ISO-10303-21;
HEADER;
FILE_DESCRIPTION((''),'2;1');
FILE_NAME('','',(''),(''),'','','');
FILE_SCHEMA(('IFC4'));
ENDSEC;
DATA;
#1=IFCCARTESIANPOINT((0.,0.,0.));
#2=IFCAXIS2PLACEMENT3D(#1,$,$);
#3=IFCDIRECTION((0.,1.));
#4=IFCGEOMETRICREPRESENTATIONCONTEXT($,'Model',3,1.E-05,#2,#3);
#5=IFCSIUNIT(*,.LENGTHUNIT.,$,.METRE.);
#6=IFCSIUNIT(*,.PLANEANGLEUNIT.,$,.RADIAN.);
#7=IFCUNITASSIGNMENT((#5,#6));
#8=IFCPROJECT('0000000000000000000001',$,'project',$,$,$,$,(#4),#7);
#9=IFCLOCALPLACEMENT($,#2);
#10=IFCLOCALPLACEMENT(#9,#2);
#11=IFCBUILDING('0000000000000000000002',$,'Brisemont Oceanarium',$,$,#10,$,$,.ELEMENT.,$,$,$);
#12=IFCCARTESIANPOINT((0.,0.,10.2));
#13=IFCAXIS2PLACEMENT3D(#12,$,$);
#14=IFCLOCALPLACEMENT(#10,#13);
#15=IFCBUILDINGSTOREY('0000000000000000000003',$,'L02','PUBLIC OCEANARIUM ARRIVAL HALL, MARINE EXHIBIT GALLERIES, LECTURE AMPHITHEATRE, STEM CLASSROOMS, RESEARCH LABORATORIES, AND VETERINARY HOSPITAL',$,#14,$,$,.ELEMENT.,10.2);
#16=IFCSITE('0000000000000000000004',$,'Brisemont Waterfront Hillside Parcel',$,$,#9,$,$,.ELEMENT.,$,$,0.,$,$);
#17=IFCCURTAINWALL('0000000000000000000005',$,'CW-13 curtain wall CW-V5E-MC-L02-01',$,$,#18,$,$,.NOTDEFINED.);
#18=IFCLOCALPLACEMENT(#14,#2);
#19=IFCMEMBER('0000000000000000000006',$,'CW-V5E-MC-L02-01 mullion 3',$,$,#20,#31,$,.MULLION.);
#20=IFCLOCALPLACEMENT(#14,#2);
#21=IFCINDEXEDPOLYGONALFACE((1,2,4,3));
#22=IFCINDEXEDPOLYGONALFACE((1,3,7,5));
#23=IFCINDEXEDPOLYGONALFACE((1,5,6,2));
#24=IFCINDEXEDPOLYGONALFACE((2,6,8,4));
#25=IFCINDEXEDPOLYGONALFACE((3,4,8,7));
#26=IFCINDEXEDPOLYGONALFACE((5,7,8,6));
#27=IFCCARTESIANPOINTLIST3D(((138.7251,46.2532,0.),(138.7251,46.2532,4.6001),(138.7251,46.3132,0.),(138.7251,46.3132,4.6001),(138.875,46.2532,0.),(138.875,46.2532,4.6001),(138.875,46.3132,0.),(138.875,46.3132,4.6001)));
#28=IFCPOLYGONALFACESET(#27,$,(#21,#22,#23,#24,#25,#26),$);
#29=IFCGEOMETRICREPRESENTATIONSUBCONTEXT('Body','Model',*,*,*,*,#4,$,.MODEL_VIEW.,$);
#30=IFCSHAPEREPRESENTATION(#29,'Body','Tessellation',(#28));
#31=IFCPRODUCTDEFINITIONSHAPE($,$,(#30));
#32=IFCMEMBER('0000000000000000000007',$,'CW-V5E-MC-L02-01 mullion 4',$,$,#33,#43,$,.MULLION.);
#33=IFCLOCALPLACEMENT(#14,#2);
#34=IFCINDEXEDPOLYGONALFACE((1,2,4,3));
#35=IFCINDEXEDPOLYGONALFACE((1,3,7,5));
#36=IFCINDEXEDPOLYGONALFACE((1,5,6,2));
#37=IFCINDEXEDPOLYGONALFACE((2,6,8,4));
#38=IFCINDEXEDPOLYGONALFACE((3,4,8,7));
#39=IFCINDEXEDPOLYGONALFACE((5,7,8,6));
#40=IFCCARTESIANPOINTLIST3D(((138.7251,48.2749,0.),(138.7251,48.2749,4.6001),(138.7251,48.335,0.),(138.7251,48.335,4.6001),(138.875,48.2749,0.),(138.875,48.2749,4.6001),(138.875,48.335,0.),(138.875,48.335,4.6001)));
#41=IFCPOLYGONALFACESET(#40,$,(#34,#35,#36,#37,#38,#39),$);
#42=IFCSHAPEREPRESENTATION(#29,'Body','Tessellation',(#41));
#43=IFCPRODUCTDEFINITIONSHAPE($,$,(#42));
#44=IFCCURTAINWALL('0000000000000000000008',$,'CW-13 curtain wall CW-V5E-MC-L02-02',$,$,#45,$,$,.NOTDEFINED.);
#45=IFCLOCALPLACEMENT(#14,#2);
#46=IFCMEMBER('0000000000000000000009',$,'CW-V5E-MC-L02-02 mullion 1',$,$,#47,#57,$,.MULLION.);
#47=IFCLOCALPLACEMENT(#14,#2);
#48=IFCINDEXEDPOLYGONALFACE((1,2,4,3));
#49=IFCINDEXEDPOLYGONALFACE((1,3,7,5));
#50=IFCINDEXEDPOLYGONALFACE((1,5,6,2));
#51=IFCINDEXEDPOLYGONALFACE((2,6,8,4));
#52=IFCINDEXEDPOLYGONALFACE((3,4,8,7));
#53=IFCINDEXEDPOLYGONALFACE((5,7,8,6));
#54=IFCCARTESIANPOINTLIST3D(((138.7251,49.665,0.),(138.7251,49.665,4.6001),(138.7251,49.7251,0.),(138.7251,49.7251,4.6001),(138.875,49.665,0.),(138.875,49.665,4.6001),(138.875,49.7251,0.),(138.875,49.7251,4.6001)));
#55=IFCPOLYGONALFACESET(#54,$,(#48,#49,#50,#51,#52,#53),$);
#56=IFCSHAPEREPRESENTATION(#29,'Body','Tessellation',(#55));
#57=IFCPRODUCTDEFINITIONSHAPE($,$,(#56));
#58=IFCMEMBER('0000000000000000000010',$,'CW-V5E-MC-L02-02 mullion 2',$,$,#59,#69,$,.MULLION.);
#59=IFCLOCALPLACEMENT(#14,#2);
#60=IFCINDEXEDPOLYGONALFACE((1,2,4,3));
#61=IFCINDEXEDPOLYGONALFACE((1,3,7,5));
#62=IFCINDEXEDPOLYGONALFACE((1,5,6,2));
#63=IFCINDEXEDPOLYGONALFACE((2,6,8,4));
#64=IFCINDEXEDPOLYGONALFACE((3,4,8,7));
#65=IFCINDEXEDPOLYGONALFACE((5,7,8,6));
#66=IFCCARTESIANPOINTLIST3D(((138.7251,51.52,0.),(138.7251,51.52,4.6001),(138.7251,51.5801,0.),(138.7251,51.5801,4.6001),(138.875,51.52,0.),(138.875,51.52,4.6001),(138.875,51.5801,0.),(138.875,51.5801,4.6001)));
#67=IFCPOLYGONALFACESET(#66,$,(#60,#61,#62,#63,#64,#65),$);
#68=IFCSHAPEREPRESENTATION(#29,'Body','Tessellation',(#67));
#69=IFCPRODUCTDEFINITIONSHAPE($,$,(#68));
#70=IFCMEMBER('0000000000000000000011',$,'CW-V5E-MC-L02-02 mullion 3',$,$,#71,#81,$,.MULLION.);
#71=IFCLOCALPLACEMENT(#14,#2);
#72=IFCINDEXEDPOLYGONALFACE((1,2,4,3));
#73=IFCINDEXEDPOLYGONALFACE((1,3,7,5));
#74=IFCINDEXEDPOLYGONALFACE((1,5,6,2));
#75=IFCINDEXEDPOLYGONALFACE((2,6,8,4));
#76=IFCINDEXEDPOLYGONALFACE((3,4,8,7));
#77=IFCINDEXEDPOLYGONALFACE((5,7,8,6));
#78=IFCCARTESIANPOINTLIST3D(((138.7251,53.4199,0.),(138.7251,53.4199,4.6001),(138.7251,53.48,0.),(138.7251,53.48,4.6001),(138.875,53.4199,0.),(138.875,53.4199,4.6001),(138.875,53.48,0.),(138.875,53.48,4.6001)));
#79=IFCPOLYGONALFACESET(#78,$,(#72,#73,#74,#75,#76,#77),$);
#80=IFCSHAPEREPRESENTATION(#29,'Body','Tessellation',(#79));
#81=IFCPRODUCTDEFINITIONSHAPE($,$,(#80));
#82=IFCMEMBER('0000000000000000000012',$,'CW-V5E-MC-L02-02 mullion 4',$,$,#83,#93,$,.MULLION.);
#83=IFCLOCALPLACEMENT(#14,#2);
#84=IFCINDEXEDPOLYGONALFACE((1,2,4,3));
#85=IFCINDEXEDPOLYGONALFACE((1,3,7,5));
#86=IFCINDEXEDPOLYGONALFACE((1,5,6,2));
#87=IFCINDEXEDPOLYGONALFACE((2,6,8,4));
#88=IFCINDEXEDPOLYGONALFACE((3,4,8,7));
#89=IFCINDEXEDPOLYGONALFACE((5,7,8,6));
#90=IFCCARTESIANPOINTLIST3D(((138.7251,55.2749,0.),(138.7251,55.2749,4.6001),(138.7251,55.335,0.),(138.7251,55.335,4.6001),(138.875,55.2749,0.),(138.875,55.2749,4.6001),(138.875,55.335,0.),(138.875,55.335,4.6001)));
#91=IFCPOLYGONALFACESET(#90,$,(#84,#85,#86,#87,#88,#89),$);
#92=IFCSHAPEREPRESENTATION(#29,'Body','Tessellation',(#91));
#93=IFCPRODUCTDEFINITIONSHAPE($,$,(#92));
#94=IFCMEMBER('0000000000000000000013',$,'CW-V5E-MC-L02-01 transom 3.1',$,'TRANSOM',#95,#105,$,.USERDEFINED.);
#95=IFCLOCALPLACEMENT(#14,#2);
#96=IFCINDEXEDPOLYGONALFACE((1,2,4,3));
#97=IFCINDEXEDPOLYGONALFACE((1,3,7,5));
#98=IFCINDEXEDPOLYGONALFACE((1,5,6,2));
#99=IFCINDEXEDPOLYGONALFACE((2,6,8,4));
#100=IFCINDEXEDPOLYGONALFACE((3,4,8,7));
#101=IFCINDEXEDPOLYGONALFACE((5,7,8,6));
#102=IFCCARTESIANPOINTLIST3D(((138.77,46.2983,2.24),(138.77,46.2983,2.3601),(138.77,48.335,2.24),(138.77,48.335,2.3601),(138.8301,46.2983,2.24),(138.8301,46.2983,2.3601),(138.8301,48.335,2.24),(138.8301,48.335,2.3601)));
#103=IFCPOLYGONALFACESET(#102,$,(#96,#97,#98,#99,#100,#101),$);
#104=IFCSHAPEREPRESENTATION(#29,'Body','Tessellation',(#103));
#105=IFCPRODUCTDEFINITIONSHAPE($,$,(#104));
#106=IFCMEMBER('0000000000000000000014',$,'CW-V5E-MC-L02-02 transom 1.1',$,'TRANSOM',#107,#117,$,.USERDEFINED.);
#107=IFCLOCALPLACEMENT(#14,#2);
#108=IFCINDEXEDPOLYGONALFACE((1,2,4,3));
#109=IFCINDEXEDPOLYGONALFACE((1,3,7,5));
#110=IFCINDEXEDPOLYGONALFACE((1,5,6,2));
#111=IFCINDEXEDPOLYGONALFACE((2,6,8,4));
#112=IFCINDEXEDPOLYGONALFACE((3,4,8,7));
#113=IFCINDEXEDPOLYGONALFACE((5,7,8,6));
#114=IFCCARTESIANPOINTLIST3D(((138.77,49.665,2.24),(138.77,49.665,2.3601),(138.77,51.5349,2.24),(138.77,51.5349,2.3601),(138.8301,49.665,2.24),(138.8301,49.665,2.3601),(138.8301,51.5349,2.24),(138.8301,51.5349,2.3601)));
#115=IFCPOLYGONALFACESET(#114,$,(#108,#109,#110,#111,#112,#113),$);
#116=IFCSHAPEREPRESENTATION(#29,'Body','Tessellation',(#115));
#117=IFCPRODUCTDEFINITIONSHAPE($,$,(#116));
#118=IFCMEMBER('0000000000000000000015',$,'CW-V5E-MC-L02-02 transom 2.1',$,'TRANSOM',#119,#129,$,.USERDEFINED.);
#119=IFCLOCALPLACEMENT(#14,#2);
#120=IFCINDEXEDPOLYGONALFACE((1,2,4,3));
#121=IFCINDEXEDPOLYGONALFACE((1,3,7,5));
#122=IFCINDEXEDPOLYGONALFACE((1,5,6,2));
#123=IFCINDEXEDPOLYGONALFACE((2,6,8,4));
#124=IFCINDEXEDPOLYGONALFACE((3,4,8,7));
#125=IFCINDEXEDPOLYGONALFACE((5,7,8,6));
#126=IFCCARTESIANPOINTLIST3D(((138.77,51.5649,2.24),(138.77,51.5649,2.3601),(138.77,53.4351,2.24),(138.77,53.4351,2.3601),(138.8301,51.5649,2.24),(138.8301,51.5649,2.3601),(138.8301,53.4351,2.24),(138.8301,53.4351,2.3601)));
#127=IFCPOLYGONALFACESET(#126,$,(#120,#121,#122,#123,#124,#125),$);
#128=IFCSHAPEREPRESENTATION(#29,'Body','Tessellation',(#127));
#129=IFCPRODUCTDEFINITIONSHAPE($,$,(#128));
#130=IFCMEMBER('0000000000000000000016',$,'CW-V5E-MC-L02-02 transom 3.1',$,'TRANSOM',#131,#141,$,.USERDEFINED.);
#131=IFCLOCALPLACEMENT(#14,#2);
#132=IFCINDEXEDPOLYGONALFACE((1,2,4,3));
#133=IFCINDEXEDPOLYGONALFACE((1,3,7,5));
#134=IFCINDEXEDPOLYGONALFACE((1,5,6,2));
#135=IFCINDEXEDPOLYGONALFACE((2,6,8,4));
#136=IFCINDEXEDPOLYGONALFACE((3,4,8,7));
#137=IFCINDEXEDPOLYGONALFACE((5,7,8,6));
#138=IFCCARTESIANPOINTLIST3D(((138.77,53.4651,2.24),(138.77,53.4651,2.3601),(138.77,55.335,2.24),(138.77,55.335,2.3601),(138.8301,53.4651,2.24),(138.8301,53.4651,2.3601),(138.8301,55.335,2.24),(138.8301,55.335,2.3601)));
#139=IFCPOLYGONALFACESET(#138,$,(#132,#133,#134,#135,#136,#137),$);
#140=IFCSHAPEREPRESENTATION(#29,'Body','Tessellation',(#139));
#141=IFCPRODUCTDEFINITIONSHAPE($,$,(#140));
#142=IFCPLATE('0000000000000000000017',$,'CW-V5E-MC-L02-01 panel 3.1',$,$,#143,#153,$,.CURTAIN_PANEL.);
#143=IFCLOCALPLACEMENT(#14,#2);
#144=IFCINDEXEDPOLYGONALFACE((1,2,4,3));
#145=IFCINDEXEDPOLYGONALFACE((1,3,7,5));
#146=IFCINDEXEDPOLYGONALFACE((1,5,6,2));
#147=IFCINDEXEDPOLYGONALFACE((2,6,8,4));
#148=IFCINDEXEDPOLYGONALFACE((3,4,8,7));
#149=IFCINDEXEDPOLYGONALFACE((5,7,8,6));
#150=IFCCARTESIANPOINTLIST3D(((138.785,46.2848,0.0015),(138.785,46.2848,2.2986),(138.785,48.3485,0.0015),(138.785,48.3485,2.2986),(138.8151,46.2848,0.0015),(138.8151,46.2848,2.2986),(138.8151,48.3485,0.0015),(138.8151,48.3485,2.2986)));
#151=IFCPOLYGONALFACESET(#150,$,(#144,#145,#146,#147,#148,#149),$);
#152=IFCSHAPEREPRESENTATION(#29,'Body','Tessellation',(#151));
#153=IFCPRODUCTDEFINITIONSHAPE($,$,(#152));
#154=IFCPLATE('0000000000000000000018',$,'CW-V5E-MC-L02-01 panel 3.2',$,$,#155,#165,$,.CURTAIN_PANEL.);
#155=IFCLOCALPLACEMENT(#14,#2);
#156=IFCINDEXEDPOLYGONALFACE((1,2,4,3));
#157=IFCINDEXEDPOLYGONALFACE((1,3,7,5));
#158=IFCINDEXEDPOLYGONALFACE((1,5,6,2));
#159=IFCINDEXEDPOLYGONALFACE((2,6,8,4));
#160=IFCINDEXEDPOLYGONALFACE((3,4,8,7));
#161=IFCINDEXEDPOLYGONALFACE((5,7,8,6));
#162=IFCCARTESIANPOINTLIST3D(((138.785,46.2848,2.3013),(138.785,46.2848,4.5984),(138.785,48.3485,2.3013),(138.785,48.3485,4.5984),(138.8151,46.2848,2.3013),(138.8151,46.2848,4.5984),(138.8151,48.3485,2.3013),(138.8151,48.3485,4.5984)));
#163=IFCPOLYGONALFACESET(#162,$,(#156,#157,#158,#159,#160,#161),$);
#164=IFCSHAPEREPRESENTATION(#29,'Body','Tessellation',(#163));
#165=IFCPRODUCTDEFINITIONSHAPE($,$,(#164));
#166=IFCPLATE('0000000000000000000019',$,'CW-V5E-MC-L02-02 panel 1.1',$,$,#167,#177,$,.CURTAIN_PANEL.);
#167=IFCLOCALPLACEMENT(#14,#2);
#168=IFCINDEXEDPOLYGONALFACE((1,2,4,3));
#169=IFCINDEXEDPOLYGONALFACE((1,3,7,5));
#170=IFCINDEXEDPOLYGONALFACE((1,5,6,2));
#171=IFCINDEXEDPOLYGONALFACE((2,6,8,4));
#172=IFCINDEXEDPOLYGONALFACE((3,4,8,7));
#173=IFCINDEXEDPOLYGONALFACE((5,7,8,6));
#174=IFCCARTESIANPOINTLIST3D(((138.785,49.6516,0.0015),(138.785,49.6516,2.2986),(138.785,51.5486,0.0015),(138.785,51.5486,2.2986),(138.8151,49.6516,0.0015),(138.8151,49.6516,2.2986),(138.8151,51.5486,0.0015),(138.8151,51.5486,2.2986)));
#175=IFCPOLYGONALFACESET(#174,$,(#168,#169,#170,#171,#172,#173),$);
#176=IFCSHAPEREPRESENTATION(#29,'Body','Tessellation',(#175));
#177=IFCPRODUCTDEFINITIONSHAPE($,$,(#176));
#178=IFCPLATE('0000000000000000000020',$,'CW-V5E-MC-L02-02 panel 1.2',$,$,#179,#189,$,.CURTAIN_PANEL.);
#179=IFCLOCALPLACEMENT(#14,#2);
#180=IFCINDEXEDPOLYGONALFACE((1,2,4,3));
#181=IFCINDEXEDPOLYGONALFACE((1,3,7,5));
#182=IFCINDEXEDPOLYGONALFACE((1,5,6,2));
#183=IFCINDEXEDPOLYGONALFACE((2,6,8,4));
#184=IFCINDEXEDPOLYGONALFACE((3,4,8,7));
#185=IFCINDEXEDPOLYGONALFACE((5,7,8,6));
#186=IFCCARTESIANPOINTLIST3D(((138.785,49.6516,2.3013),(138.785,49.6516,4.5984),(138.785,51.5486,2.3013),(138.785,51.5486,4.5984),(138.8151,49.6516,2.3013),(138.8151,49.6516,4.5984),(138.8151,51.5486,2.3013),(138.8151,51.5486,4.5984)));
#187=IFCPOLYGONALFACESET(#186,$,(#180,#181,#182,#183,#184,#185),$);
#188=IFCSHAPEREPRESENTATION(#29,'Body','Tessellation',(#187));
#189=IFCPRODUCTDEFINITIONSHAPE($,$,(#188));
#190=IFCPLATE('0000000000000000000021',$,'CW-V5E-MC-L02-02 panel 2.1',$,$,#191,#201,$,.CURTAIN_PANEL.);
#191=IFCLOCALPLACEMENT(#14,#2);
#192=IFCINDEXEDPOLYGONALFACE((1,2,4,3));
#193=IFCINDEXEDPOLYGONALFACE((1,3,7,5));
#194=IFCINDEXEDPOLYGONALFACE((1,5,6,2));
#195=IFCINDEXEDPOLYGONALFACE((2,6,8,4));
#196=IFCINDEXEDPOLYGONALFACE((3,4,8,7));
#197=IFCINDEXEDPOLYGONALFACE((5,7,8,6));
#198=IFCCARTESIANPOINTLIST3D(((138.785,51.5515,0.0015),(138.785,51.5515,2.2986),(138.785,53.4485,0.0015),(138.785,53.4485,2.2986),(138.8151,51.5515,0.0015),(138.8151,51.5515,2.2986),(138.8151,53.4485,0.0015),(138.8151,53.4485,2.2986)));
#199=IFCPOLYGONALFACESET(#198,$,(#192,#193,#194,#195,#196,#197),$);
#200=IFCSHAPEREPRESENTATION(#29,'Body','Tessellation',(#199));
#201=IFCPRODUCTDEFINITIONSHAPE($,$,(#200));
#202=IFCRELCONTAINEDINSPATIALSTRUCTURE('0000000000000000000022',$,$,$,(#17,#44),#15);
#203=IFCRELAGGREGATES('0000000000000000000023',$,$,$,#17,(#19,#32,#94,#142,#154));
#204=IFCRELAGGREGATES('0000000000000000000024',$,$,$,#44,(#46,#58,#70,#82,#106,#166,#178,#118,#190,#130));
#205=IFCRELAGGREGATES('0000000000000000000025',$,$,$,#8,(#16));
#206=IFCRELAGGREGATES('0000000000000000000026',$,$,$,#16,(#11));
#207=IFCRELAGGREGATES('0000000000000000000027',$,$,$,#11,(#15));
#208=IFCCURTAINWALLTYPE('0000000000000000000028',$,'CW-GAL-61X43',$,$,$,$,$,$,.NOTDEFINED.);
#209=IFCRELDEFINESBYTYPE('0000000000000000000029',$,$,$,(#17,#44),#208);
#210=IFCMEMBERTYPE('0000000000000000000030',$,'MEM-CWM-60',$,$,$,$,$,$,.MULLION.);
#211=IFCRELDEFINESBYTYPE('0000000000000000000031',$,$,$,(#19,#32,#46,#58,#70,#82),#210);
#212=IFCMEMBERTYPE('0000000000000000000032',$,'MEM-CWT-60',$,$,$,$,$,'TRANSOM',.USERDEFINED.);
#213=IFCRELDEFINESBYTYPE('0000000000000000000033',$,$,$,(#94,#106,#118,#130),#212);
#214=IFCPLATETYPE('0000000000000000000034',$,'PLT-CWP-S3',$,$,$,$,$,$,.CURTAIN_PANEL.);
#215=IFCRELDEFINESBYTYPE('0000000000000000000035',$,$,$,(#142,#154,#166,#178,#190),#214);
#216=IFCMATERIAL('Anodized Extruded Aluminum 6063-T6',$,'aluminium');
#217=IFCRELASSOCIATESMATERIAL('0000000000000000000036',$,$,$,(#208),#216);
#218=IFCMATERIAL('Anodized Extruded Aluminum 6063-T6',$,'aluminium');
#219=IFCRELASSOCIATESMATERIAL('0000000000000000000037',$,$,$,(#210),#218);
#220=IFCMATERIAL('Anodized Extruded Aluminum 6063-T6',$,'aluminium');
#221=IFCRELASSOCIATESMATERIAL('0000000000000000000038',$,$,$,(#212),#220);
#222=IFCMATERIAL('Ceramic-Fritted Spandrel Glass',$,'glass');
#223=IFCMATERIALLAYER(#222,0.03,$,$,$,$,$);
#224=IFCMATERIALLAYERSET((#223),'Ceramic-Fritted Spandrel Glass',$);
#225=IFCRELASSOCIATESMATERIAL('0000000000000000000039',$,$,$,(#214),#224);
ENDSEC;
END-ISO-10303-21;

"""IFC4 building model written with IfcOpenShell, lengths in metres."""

from ifc_helpers import new_model, si_unit, direction, frame, origin, origin_2d, place, context, subcontext, project, spatial, rectangle, extrude, material, layer, layer_set, material_profile, profile_set, type_object, element, aggregate, save


model = new_model("IFC4")

# Units and contexts
model_context = context("Model", 3, precision=1e-05, world=origin(), true_north=direction((0.0, 1.0)))
body_context = subcontext(model_context, "Body", "Model", "MODEL_VIEW")
ifc_project = project(units=[si_unit("LENGTHUNIT", "METRE"), si_unit("PLANEANGLEUNIT", "RADIAN")], contexts=[model_context])

# Site, building, storey
site_placement = place(None, origin())
site = spatial("IfcSite", under=ifc_project, at=site_placement, Name="Brisemont Waterfront Hillside Parcel", CompositionType="ELEMENT", RefElevation=0.0)
building_placement = place(site_placement, origin())
building = spatial("IfcBuilding", under=site, at=building_placement, Name="Brisemont Oceanarium", CompositionType="ELEMENT")
storey_placement = place(building_placement, frame((0.0, 0.0, 10.2)))
storey = spatial("IfcBuildingStorey", under=building, at=storey_placement, Name="L02", Description="PUBLIC OCEANARIUM ARRIVAL HALL, MARINE EXHIBIT GALLERIES, LECTURE AMPHITHEATRE, STEM CLASSROOMS, RESEARCH LABORATORIES, AND VETERINARY HOSPITAL", CompositionType="ELEMENT", Elevation=10.2)

# Curtain walls, members
ifc_material_1 = material(Name="Anodized Extruded Aluminum 6063-T6", Category="aluminium")
curtain_wall_type = type_object("IfcCurtainWallType", Name="CW-GAL-61X43", PredefinedType="NOTDEFINED", material=ifc_material_1)
curtain_wall_1_placement = place(storey_placement, origin())
curtain_wall_1 = element("IfcCurtainWall", 1, at=curtain_wall_1_placement, inside=storey, type_object=curtain_wall_type, Name="CW-13 curtain wall CW-V5E-MC-L02-01", PredefinedType="NOTDEFINED")
ifc_material_2 = material(Name="Anodized Extruded Aluminum 6063-T6", Category="aluminium")
ifc_material_profile_1 = material_profile(ifc_material_2, rectangle(XDim=0.0601, YDim=0.1499, at=origin_2d()), Name="CWM-60X150")
ifc_profile_set_1 = profile_set([ifc_material_profile_1], Name="Anodized Extruded Aluminum 6063-T6")
member_type_1 = type_object("IfcMemberType", Name="MEM-CWM-60", PredefinedType="MULLION", material=ifc_profile_set_1)
member_1_placement = place(storey_placement, frame((138.8, 46.2832, 0.0), z_axis=(0.0, 0.0, 1.0), x_axis=(0.0, 1.0, 0.0)))
member_1 = element("IfcMember", 2, at=member_1_placement, type_object=member_type_1, Name="CW-V5E-MC-L02-01 mullion 3", PredefinedType="MULLION", context=body_context, shape_type="SweptSolid", body=[
    extrude(rectangle(XDim=0.0601, YDim=0.1499, at=origin_2d()), origin(), (0.0, 0.0, 1.0), 4.6001),
])
member_2_placement = place(storey_placement, frame((138.8, 48.3049, 0.0), z_axis=(0.0, 0.0, 1.0), x_axis=(0.0, 1.0, 0.0)))
member_2 = element("IfcMember", 3, at=member_2_placement, type_object=member_type_1, Name="CW-V5E-MC-L02-01 mullion 4", PredefinedType="MULLION", context=body_context, shape_type="SweptSolid", body=[
    extrude(rectangle(XDim=0.0601, YDim=0.1499, at=origin_2d()), origin(), (0.0, 0.0, 1.0), 4.6001),
])
curtain_wall_2_placement = place(storey_placement, origin())
curtain_wall_2 = element("IfcCurtainWall", 4, at=curtain_wall_2_placement, inside=storey, type_object=curtain_wall_type, Name="CW-13 curtain wall CW-V5E-MC-L02-02", PredefinedType="NOTDEFINED")
member_3_placement = place(storey_placement, frame((138.8, 49.6951, 0.0), z_axis=(0.0, 0.0, 1.0), x_axis=(0.0, 1.0, 0.0)))
member_3 = element("IfcMember", 5, at=member_3_placement, type_object=member_type_1, Name="CW-V5E-MC-L02-02 mullion 1", PredefinedType="MULLION", context=body_context, shape_type="SweptSolid", body=[
    extrude(rectangle(XDim=0.0601, YDim=0.1499, at=origin_2d()), origin(), (0.0, 0.0, 1.0), 4.6001),
])
member_4_placement = place(storey_placement, frame((138.8, 51.55, 0.0), z_axis=(0.0, 0.0, 1.0), x_axis=(0.0, 1.0, 0.0)))
member_4 = element("IfcMember", 6, at=member_4_placement, type_object=member_type_1, Name="CW-V5E-MC-L02-02 mullion 2", PredefinedType="MULLION", context=body_context, shape_type="SweptSolid", body=[
    extrude(rectangle(XDim=0.0601, YDim=0.1499, at=origin_2d()), origin(), (0.0, 0.0, 1.0), 4.6001),
])
member_5_placement = place(storey_placement, frame((138.8, 53.45, 0.0), z_axis=(0.0, 0.0, 1.0), x_axis=(0.0, 1.0, 0.0)))
member_5 = element("IfcMember", 7, at=member_5_placement, type_object=member_type_1, Name="CW-V5E-MC-L02-02 mullion 3", PredefinedType="MULLION", context=body_context, shape_type="SweptSolid", body=[
    extrude(rectangle(XDim=0.0601, YDim=0.1499, at=origin_2d()), origin(), (0.0, 0.0, 1.0), 4.6001),
])
member_6_placement = place(storey_placement, frame((138.8, 55.3049, 0.0), z_axis=(0.0, 0.0, 1.0), x_axis=(0.0, 1.0, 0.0)))
member_6 = element("IfcMember", 8, at=member_6_placement, type_object=member_type_1, Name="CW-V5E-MC-L02-02 mullion 4", PredefinedType="MULLION", context=body_context, shape_type="SweptSolid", body=[
    extrude(rectangle(XDim=0.0601, YDim=0.1499, at=origin_2d()), origin(), (0.0, 0.0, 1.0), 4.6001),
])

# Members
ifc_material_3 = material(Name="Anodized Extruded Aluminum 6063-T6", Category="aluminium")
ifc_material_profile_2 = material_profile(ifc_material_3, rectangle(XDim=0.0601, YDim=0.1201, at=origin_2d()), Name="CWT-60X120")
ifc_profile_set_2 = profile_set([ifc_material_profile_2], Name="Anodized Extruded Aluminum 6063-T6")
member_type_2 = type_object("IfcMemberType", Name="MEM-CWT-60", ElementType="TRANSOM", PredefinedType="USERDEFINED", material=ifc_profile_set_2)
member_7_placement = place(storey_placement, frame((138.8, 46.2983, 2.3), z_axis=(0.0, 1.0, 0.0), x_axis=(-1.0, 0.0, 0.0)))
member_7 = element("IfcMember", 9, at=member_7_placement, type_object=member_type_2, Name="CW-V5E-MC-L02-01 transom 3.1", ObjectType="TRANSOM", PredefinedType="USERDEFINED", context=body_context, shape_type="SweptSolid", body=[
    extrude(rectangle(XDim=0.0601, YDim=0.1201, at=origin_2d()), origin(), (0.0, 0.0, 1.0), 2.0366),
])
member_8_placement = place(storey_placement, frame((138.8, 49.665, 2.3), z_axis=(0.0, 1.0, 0.0), x_axis=(-1.0, 0.0, 0.0)))
member_8 = element("IfcMember", 10, at=member_8_placement, type_object=member_type_2, Name="CW-V5E-MC-L02-02 transom 1.1", ObjectType="TRANSOM", PredefinedType="USERDEFINED", context=body_context, shape_type="SweptSolid", body=[
    extrude(rectangle(XDim=0.0601, YDim=0.1201, at=origin_2d()), origin(), (0.0, 0.0, 1.0), 1.8699),
])
member_9_placement = place(storey_placement, frame((138.8, 51.5649, 2.3), z_axis=(0.0, 1.0, 0.0), x_axis=(-1.0, 0.0, 0.0)))
member_9 = element("IfcMember", 11, at=member_9_placement, type_object=member_type_2, Name="CW-V5E-MC-L02-02 transom 2.1", ObjectType="TRANSOM", PredefinedType="USERDEFINED", context=body_context, shape_type="SweptSolid", body=[
    extrude(rectangle(XDim=0.0601, YDim=0.1201, at=origin_2d()), origin(), (0.0, 0.0, 1.0), 1.8701),
])
member_10_placement = place(storey_placement, frame((138.8, 53.4651, 2.3), z_axis=(0.0, 1.0, 0.0), x_axis=(-1.0, 0.0, 0.0)))
member_10 = element("IfcMember", 12, at=member_10_placement, type_object=member_type_2, Name="CW-V5E-MC-L02-02 transom 3.1", ObjectType="TRANSOM", PredefinedType="USERDEFINED", context=body_context, shape_type="SweptSolid", body=[
    extrude(rectangle(XDim=0.0601, YDim=0.1201, at=origin_2d()), origin(), (0.0, 0.0, 1.0), 1.8699),
])

# Plates
ifc_material_4 = material(Name="Ceramic-Fritted Spandrel Glass", Category="glass")
ifc_layer_1 = layer(ifc_material_4, 0.03)
ifc_layer_set_1 = layer_set([ifc_layer_1], Name="Ceramic-Fritted Spandrel Glass")
plate_type = type_object("IfcPlateType", Name="PLT-CWP-S3", PredefinedType="CURTAIN_PANEL", material=ifc_layer_set_1)
plate_1_placement = place(storey_placement, frame((138.8, 47.3167, 0.0015), z_axis=(0.0, 0.0, 1.0), x_axis=(0.0, 1.0, 0.0)))
plate_1 = element("IfcPlate", 13, at=plate_1_placement, type_object=plate_type, Name="CW-V5E-MC-L02-01 panel 3.1", PredefinedType="CURTAIN_PANEL", context=body_context, shape_type="SweptSolid", body=[
    extrude(rectangle(XDim=2.0637, YDim=0.03, at=origin_2d()), origin(), (0.0, 0.0, 1.0), 2.2971),
])
plate_2_placement = place(storey_placement, frame((138.8, 47.3167, 2.3013), z_axis=(0.0, 0.0, 1.0), x_axis=(0.0, 1.0, 0.0)))
plate_2 = element("IfcPlate", 14, at=plate_2_placement, type_object=plate_type, Name="CW-V5E-MC-L02-01 panel 3.2", PredefinedType="CURTAIN_PANEL", context=body_context, shape_type="SweptSolid", body=[
    extrude(rectangle(XDim=2.0637, YDim=0.03, at=origin_2d()), origin(), (0.0, 0.0, 1.0), 2.2971),
])
aggregate(curtain_wall_1, [member_1, member_2, member_7, plate_1, plate_2])
plate_3_placement = place(storey_placement, frame((138.8, 50.6001, 0.0015), z_axis=(0.0, 0.0, 1.0), x_axis=(0.0, 1.0, 0.0)))
plate_3 = element("IfcPlate", 15, at=plate_3_placement, type_object=plate_type, Name="CW-V5E-MC-L02-02 panel 1.1", PredefinedType="CURTAIN_PANEL", context=body_context, shape_type="SweptSolid", body=[
    extrude(rectangle(XDim=1.897, YDim=0.03, at=origin_2d()), origin(), (0.0, 0.0, 1.0), 2.2971),
])
plate_4_placement = place(storey_placement, frame((138.8, 50.6001, 2.3013), z_axis=(0.0, 0.0, 1.0), x_axis=(0.0, 1.0, 0.0)))
plate_4 = element("IfcPlate", 16, at=plate_4_placement, type_object=plate_type, Name="CW-V5E-MC-L02-02 panel 1.2", PredefinedType="CURTAIN_PANEL", context=body_context, shape_type="SweptSolid", body=[
    extrude(rectangle(XDim=1.897, YDim=0.03, at=origin_2d()), origin(), (0.0, 0.0, 1.0), 2.2971),
])
plate_5_placement = place(storey_placement, frame((138.8, 52.5, 0.0015), z_axis=(0.0, 0.0, 1.0), x_axis=(0.0, 1.0, 0.0)))
plate_5 = element("IfcPlate", 17, at=plate_5_placement, type_object=plate_type, Name="CW-V5E-MC-L02-02 panel 2.1", PredefinedType="CURTAIN_PANEL", context=body_context, shape_type="SweptSolid", body=[
    extrude(rectangle(XDim=1.897, YDim=0.03, at=origin_2d()), origin(), (0.0, 0.0, 1.0), 2.2971),
])
aggregate(curtain_wall_2, [member_3, member_4, member_5, member_6, member_8, plate_3, plate_4, member_9, plate_5, member_10])

save(model, "model.ifc")
